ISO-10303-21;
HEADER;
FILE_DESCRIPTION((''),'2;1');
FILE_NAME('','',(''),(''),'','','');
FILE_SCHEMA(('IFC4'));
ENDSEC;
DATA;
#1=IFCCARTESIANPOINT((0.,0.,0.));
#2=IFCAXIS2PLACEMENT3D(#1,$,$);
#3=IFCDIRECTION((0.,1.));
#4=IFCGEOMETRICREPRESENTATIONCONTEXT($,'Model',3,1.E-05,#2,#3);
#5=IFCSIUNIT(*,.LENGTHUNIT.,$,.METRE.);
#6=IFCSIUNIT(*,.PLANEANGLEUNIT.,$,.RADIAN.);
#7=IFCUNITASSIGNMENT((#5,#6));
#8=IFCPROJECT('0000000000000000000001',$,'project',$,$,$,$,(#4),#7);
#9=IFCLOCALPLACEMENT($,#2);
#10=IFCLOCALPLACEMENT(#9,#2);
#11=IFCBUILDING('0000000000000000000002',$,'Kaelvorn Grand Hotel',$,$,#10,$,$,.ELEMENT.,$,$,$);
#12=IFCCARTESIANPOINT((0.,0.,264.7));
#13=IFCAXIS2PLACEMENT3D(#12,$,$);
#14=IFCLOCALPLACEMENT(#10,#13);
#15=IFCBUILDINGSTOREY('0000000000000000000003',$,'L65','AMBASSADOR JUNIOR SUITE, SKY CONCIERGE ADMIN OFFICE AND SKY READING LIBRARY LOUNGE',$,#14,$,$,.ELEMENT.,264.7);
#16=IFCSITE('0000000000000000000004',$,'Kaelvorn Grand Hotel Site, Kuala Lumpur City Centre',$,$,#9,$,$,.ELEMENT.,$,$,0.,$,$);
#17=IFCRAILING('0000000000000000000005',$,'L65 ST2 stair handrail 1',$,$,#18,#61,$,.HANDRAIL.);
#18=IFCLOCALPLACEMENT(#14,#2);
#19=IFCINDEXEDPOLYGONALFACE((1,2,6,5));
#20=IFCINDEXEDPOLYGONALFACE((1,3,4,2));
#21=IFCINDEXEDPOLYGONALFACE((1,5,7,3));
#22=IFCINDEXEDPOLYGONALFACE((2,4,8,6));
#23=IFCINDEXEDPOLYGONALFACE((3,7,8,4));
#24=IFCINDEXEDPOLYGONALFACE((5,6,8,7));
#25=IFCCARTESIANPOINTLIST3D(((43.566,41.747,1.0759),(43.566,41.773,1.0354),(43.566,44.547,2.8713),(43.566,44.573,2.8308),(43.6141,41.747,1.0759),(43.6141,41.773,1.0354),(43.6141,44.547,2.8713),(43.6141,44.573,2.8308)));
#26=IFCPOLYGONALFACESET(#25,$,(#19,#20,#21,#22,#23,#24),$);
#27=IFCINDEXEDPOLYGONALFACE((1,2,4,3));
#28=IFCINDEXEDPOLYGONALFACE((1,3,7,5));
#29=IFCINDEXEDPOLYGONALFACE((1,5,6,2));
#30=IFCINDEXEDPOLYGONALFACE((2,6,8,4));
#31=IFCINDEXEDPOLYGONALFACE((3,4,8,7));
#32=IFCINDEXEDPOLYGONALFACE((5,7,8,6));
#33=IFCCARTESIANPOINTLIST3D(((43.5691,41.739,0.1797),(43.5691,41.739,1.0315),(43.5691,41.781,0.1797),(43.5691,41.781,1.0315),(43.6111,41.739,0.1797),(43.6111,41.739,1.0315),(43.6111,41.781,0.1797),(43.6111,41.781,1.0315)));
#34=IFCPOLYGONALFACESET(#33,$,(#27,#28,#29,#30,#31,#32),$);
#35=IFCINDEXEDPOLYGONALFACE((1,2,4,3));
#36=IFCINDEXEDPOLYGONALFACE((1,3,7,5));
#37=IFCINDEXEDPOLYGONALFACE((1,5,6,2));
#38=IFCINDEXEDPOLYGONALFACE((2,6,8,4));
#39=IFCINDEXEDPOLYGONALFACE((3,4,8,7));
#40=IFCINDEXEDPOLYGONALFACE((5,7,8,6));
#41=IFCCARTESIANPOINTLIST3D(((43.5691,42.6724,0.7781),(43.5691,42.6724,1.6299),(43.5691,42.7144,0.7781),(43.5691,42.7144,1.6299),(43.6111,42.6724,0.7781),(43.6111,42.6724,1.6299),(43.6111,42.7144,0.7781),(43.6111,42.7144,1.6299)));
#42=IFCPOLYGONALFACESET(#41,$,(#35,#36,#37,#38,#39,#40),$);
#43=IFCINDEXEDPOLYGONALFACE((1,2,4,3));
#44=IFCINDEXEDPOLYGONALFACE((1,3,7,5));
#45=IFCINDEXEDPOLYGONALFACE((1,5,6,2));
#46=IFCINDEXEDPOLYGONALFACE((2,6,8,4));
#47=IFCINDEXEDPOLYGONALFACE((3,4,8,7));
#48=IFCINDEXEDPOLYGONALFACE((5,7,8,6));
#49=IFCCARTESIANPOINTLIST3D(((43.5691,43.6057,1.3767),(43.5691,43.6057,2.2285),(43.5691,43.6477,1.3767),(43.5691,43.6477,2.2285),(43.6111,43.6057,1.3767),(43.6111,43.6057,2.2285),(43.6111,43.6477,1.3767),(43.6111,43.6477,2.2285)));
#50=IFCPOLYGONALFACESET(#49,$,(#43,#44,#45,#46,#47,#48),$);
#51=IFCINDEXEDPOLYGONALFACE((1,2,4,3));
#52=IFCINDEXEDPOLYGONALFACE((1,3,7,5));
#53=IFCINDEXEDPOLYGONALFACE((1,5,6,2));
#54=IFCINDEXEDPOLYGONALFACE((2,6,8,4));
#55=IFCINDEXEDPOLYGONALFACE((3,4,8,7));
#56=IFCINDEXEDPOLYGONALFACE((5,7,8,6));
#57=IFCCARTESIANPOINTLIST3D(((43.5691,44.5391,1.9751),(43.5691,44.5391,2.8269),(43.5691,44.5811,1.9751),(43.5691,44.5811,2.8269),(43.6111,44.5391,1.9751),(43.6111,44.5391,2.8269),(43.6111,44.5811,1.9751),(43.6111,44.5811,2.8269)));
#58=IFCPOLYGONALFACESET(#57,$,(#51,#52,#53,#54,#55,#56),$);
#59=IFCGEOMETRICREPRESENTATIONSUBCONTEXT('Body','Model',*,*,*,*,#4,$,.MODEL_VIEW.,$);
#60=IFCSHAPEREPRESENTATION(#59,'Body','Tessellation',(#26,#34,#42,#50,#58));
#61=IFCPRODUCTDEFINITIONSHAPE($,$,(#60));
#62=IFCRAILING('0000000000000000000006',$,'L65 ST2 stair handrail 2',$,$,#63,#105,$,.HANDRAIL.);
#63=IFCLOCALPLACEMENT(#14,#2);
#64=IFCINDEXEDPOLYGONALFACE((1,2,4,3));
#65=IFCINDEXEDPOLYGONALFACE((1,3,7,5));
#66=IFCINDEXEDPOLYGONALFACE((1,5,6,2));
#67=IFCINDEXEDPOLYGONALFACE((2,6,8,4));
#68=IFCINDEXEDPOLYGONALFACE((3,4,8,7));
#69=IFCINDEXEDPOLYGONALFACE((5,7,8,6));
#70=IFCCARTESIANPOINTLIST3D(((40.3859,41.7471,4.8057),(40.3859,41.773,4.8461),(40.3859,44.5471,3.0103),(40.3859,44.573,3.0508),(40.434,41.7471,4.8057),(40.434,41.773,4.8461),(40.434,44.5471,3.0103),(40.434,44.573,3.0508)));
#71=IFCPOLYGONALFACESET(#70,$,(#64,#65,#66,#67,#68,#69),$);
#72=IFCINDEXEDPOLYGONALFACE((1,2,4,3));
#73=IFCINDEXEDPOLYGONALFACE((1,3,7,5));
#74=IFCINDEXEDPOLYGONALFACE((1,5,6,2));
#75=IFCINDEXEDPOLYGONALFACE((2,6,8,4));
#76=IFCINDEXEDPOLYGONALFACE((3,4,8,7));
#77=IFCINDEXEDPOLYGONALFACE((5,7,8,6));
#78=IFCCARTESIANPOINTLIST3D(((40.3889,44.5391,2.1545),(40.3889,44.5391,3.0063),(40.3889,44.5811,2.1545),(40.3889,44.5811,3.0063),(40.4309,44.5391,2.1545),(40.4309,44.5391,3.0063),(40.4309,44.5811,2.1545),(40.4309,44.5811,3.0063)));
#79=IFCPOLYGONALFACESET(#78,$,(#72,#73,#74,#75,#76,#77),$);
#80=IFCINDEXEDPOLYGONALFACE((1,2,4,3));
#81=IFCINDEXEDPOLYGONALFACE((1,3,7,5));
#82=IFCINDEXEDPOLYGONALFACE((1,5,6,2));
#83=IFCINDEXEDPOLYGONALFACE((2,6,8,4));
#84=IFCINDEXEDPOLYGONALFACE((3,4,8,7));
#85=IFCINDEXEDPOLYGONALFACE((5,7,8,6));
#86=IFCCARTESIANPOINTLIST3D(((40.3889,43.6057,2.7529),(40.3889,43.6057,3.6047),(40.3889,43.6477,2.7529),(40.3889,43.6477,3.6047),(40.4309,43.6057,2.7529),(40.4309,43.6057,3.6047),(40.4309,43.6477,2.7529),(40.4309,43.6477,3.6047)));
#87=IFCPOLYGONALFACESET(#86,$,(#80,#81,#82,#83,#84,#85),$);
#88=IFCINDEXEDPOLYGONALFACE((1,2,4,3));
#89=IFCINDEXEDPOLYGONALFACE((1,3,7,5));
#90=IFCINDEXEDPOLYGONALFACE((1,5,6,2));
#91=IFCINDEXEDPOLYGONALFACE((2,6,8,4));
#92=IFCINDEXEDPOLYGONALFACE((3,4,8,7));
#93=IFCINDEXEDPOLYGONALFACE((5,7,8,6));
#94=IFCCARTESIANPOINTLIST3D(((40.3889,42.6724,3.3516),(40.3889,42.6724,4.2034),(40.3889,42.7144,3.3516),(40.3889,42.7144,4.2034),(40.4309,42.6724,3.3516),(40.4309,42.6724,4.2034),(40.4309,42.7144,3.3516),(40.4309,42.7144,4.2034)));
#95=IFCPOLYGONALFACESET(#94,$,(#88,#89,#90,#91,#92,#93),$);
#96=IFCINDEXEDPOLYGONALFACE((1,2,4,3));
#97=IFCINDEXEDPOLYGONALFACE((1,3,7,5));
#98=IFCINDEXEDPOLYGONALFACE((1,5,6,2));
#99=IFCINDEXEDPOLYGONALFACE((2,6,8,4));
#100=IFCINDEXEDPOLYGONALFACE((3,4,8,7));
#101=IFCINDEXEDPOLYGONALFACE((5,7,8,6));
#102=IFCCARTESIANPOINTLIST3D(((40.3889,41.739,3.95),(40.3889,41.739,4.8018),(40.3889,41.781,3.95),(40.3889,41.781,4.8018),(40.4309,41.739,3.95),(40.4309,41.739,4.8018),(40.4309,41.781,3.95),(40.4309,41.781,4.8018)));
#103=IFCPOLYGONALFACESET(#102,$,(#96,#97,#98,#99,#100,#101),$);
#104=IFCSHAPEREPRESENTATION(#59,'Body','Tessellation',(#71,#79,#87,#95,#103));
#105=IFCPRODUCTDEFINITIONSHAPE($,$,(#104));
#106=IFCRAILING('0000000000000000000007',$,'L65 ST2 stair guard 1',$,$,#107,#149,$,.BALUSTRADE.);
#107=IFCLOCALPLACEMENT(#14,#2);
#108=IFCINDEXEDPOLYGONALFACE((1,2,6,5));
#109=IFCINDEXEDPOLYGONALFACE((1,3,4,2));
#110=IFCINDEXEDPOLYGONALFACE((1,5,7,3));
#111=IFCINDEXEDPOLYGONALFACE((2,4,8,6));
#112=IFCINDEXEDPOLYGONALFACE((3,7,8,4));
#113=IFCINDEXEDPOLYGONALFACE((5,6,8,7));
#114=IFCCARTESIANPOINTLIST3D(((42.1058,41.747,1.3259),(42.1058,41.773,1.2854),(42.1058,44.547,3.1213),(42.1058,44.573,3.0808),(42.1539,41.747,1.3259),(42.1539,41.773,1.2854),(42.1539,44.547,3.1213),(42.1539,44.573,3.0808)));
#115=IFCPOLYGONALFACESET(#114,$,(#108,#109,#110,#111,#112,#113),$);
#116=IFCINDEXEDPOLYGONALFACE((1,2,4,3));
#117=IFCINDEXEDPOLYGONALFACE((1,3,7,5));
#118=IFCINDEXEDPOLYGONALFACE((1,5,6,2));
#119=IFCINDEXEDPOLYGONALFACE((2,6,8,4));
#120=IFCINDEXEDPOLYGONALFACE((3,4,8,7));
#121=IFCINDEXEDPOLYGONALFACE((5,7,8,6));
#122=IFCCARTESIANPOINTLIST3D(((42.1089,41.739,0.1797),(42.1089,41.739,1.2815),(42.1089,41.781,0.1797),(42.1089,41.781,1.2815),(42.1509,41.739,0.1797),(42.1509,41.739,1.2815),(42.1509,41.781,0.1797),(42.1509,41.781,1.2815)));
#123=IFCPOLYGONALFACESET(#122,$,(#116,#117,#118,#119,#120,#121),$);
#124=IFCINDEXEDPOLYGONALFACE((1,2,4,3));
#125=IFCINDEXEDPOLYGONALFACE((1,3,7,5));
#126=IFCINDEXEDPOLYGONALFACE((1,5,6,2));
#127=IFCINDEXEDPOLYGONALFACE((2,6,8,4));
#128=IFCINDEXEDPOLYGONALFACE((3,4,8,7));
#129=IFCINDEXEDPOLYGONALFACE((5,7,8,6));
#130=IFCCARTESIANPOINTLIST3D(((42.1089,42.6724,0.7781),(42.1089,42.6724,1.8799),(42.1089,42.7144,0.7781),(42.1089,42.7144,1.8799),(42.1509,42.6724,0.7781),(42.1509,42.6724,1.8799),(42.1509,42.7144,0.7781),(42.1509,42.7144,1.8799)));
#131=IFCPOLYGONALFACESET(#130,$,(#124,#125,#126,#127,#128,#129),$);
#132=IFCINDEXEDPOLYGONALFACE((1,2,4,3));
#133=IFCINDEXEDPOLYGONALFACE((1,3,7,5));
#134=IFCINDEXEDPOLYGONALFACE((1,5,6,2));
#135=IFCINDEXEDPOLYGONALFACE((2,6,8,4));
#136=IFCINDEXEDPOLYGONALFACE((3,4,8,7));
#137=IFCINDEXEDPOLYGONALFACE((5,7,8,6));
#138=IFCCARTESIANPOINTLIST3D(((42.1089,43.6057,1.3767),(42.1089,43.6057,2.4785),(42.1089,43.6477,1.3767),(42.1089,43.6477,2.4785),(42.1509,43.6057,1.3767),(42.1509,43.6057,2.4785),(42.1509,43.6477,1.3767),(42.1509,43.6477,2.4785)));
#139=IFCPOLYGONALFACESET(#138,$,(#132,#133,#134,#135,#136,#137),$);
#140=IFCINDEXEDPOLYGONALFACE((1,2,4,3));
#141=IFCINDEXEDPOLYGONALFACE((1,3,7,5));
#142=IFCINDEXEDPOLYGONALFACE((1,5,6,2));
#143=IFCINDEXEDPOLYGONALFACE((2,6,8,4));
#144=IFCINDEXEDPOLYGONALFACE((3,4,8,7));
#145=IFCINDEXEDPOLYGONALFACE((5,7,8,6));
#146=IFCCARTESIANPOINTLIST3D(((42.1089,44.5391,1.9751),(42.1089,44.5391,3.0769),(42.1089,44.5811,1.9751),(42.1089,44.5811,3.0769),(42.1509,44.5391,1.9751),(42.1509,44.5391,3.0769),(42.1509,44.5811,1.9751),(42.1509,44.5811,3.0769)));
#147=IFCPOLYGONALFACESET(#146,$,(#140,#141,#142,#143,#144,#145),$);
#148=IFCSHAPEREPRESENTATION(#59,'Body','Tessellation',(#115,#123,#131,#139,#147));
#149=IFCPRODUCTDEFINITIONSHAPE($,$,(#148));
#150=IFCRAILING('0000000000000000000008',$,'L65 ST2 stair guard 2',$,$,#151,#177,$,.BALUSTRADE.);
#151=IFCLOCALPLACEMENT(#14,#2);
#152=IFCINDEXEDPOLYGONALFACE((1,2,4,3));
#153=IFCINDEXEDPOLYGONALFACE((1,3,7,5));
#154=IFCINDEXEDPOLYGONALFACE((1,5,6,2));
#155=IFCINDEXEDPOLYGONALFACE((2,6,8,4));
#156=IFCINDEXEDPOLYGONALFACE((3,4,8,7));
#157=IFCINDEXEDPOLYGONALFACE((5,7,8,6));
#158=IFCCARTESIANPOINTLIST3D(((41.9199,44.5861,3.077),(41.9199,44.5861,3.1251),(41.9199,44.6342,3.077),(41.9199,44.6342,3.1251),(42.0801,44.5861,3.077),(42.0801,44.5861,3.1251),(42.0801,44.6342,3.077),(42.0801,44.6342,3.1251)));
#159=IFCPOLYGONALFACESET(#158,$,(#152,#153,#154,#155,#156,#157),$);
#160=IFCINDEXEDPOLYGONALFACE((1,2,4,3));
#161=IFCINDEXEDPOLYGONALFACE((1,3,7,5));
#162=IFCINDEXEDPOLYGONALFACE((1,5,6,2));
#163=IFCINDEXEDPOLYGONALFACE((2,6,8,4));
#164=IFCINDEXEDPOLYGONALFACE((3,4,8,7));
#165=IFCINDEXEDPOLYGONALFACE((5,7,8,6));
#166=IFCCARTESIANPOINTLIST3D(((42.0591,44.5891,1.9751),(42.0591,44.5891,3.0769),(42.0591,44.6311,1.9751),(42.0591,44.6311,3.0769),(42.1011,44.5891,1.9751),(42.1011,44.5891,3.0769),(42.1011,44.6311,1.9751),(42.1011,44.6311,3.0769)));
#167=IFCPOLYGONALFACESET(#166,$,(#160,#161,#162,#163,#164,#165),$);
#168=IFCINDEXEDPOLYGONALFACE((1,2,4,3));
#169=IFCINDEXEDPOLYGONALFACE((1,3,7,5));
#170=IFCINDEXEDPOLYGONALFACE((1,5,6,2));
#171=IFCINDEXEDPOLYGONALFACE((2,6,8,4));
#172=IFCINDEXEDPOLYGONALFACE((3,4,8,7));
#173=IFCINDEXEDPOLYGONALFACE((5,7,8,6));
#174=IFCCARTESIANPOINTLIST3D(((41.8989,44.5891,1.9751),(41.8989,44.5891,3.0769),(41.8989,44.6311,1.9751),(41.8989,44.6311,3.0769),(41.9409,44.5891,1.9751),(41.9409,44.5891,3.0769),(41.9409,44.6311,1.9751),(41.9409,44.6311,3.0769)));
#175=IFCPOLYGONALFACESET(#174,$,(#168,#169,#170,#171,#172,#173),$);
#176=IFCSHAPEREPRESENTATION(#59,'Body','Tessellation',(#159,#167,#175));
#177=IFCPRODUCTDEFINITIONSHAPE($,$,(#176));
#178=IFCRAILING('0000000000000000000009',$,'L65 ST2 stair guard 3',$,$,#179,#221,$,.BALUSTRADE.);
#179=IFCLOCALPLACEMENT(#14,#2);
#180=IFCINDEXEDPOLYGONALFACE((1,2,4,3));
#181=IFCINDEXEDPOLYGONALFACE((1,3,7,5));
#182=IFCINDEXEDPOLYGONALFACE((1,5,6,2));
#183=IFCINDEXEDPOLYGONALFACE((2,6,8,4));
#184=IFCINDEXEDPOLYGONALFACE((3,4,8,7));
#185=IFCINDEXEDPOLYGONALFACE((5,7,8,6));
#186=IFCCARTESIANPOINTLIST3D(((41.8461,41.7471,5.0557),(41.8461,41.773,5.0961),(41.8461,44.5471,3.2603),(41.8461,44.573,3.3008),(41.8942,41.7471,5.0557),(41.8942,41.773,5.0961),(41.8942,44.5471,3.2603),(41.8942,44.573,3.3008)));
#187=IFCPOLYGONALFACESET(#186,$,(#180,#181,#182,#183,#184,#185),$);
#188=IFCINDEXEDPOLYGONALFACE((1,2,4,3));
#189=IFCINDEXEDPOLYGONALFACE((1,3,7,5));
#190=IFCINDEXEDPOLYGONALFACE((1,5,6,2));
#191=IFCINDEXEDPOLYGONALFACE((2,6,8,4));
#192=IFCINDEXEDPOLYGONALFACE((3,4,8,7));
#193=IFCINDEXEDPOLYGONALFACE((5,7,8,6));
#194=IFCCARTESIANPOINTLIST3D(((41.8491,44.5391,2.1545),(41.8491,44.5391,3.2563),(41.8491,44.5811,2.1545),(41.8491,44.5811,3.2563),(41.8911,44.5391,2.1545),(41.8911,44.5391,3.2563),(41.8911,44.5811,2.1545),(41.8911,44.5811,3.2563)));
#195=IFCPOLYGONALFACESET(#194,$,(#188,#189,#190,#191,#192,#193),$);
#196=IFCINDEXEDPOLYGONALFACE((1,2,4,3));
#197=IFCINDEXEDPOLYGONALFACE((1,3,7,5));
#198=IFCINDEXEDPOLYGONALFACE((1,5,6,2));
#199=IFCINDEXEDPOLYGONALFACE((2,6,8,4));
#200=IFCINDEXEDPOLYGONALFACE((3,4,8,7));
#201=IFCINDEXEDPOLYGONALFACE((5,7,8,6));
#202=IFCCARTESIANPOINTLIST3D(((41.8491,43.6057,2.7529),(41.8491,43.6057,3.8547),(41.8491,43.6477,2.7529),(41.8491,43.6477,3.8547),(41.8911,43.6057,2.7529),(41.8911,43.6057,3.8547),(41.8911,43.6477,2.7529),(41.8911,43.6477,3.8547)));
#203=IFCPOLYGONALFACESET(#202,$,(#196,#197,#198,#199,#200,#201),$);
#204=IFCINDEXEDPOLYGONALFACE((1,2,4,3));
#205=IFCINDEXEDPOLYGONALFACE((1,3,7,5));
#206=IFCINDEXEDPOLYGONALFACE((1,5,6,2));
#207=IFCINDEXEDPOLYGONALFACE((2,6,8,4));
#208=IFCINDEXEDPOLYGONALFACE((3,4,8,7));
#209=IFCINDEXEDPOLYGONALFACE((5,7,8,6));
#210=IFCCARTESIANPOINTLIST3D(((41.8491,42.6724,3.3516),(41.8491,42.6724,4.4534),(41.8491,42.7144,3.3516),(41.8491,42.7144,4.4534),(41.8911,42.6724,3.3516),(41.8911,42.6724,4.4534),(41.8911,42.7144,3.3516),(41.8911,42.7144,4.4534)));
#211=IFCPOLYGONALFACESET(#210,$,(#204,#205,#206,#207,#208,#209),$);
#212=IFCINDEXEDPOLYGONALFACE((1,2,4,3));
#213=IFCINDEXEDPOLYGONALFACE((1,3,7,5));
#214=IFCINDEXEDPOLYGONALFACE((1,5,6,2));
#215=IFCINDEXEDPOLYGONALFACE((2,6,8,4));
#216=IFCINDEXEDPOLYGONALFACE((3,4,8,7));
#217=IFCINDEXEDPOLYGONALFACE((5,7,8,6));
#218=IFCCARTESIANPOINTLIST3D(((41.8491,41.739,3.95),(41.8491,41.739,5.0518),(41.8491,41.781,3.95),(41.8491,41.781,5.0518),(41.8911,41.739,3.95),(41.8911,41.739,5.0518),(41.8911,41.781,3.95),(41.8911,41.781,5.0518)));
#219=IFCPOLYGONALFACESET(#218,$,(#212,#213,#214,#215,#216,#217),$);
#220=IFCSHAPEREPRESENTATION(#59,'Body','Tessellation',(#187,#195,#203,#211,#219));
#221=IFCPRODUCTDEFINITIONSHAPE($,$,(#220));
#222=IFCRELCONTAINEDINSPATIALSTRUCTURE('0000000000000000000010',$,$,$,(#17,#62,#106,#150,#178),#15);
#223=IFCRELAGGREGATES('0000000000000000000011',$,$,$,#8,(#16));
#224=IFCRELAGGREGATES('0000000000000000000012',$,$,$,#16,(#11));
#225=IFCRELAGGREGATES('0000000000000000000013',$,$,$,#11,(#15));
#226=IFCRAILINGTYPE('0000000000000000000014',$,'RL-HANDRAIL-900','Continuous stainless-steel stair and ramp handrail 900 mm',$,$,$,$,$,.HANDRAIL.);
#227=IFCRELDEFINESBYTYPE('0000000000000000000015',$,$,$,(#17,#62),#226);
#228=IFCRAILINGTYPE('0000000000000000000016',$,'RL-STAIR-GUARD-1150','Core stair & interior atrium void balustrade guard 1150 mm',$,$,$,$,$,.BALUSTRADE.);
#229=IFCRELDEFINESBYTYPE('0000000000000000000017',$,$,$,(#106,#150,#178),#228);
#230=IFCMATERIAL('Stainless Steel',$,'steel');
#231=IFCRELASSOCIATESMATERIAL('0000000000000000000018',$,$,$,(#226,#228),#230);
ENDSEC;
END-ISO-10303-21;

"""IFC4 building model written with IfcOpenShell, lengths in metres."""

from ifc_helpers import new_model, si_unit, direction, frame, origin, origin_2d, place, context, subcontext, project, spatial, rectangle, extrude, material, type_object, element, save


model = new_model("IFC4")

# Units and contexts
model_context = context("Model", 3, precision=1e-05, world=origin(), true_north=direction((0.0, 1.0)))
body_context = subcontext(model_context, "Body", "Model", "MODEL_VIEW")
ifc_project = project(units=[si_unit("LENGTHUNIT", "METRE"), si_unit("PLANEANGLEUNIT", "RADIAN")], contexts=[model_context])

# Site, building, storey
site_placement = place(None, origin())
site = spatial("IfcSite", under=ifc_project, at=site_placement, Name="Kaelvorn Grand Hotel Site, Kuala Lumpur City Centre", CompositionType="ELEMENT", RefElevation=0.0)
building_placement = place(site_placement, origin())
building = spatial("IfcBuilding", under=site, at=building_placement, Name="Kaelvorn Grand Hotel", CompositionType="ELEMENT")
storey_placement = place(building_placement, frame((0.0, 0.0, 264.7)))
storey = spatial("IfcBuildingStorey", under=building, at=storey_placement, Name="L65", Description="AMBASSADOR JUNIOR SUITE, SKY CONCIERGE ADMIN OFFICE AND SKY READING LIBRARY LOUNGE", CompositionType="ELEMENT", Elevation=264.7)

# Railings
ifc_material_1 = material(Name="Stainless Steel", Category="steel")
railing_type_1 = type_object("IfcRailingType", Name="RL-HANDRAIL-900", Description="Continuous stainless-steel stair and ramp handrail 900 mm", PredefinedType="HANDRAIL", material=ifc_material_1)
railing_1_placement = place(storey_placement, frame((43.5901, 41.76, 0.1797)))
element("IfcRailing", 1, at=railing_1_placement, inside=storey, type_object=railing_type_1, Name="L65 ST2 stair handrail 1", PredefinedType="HANDRAIL", context=body_context, shape_type="SweptSolid", body=[
    extrude(rectangle(XDim=0.0481, YDim=0.0481, at=origin_2d()), frame((0.0, 0.0, 0.876), z_axis=(0.0, 0.84181, 0.539774), x_axis=(-1.0, 0.0, 0.0)), (0.0, 0.0, 1.0), 3.3262),
    extrude(rectangle(XDim=0.042, YDim=0.042, at=origin_2d()), origin(), (0.0, 0.0, 1.0), 0.8518),
    extrude(rectangle(XDim=0.042, YDim=0.042, at=origin_2d()), frame((0.0, 0.9333, 0.5984)), (0.0, 0.0, 1.0), 0.8518),
    extrude(rectangle(XDim=0.042, YDim=0.042, at=origin_2d()), frame((0.0, 1.8667, 1.197)), (0.0, 0.0, 1.0), 0.8518),
    extrude(rectangle(XDim=0.042, YDim=0.042, at=origin_2d()), frame((0.0, 2.8, 1.7954)), (0.0, 0.0, 1.0), 0.8518),
])
railing_2_placement = place(storey_placement, frame((40.4099, 44.5601, 2.1545)))
element("IfcRailing", 2, at=railing_2_placement, inside=storey, type_object=railing_type_1, Name="L65 ST2 stair handrail 2", PredefinedType="HANDRAIL", context=body_context, shape_type="SweptSolid", body=[
    extrude(rectangle(XDim=0.0481, YDim=0.0481, at=origin_2d()), frame((0.0, 0.0, 0.876), z_axis=(0.0, -0.84181, 0.539774), x_axis=(1.0, 0.0, 0.0)), (0.0, 0.0, 1.0), 3.3262),
    extrude(rectangle(XDim=0.042, YDim=0.042, at=origin_2d()), origin(), (0.0, 0.0, 1.0), 0.8518),
    extrude(rectangle(XDim=0.042, YDim=0.042, at=origin_2d()), frame((0.0, -0.9333, 0.5984)), (0.0, 0.0, 1.0), 0.8518),
    extrude(rectangle(XDim=0.042, YDim=0.042, at=origin_2d()), frame((0.0, -1.8667, 1.197)), (0.0, 0.0, 1.0), 0.8518),
    extrude(rectangle(XDim=0.042, YDim=0.042, at=origin_2d()), frame((0.0, -2.8, 1.7954)), (0.0, 0.0, 1.0), 0.8518),
])
railing_type_2 = type_object("IfcRailingType", Name="RL-STAIR-GUARD-1150", Description="Core stair & interior atrium void balustrade guard 1150 mm", PredefinedType="BALUSTRADE", material=ifc_material_1)
railing_3_placement = place(storey_placement, frame((42.1299, 41.76, 0.1797)))
element("IfcRailing", 3, at=railing_3_placement, inside=storey, type_object=railing_type_2, Name="L65 ST2 stair guard 1", PredefinedType="BALUSTRADE", context=body_context, shape_type="SweptSolid", body=[
    extrude(rectangle(XDim=0.0481, YDim=0.0481, at=origin_2d()), frame((0.0, 0.0, 1.126), z_axis=(0.0, 0.84181, 0.539774), x_axis=(-1.0, 0.0, 0.0)), (0.0, 0.0, 1.0), 3.3262),
    extrude(rectangle(XDim=0.042, YDim=0.042, at=origin_2d()), origin(), (0.0, 0.0, 1.0), 1.1018),
    extrude(rectangle(XDim=0.042, YDim=0.042, at=origin_2d()), frame((0.0, 0.9333, 0.5984)), (0.0, 0.0, 1.0), 1.1018),
    extrude(rectangle(XDim=0.042, YDim=0.042, at=origin_2d()), frame((0.0, 1.8667, 1.197)), (0.0, 0.0, 1.0), 1.1018),
    extrude(rectangle(XDim=0.042, YDim=0.042, at=origin_2d()), frame((0.0, 2.8, 1.7954)), (0.0, 0.0, 1.0), 1.1018),
])
railing_4_placement = place(storey_placement, frame((42.0801, 44.6101, 1.9751)))
element("IfcRailing", 4, at=railing_4_placement, inside=storey, type_object=railing_type_2, Name="L65 ST2 stair guard 2", PredefinedType="BALUSTRADE", context=body_context, shape_type="SweptSolid", body=[
    extrude(rectangle(XDim=0.0481, YDim=0.0481, at=origin_2d()), frame((0.0, 0.0, 1.126), z_axis=(-1.0, 0.0, 0.0), x_axis=(0.0, -1.0, 0.0)), (0.0, 0.0, 1.0), 0.1602),
    extrude(rectangle(XDim=0.042, YDim=0.042, at=origin_2d()), origin(), (0.0, 0.0, 1.0), 1.1018),
    extrude(rectangle(XDim=0.042, YDim=0.042, at=origin_2d()), frame((-0.1602, 0.0, 0.0)), (0.0, 0.0, 1.0), 1.1018),
])
railing_5_placement = place(storey_placement, frame((41.8701, 44.5601, 2.1545)))
element("IfcRailing", 5, at=railing_5_placement, inside=storey, type_object=railing_type_2, Name="L65 ST2 stair guard 3", PredefinedType="BALUSTRADE", context=body_context, shape_type="SweptSolid", body=[
    extrude(rectangle(XDim=0.0481, YDim=0.0481, at=origin_2d()), frame((0.0, 0.0, 1.126), z_axis=(0.0, -0.84181, 0.539774), x_axis=(1.0, 0.0, 0.0)), (0.0, 0.0, 1.0), 3.3262),
    extrude(rectangle(XDim=0.042, YDim=0.042, at=origin_2d()), origin(), (0.0, 0.0, 1.0), 1.1018),
    extrude(rectangle(XDim=0.042, YDim=0.042, at=origin_2d()), frame((0.0, -0.9333, 0.5984)), (0.0, 0.0, 1.0), 1.1018),
    extrude(rectangle(XDim=0.042, YDim=0.042, at=origin_2d()), frame((0.0, -1.8667, 1.197)), (0.0, 0.0, 1.0), 1.1018),
    extrude(rectangle(XDim=0.042, YDim=0.042, at=origin_2d()), frame((0.0, -2.8, 1.7954)), (0.0, 0.0, 1.0), 1.1018),
])

save(model, "model.ifc")
